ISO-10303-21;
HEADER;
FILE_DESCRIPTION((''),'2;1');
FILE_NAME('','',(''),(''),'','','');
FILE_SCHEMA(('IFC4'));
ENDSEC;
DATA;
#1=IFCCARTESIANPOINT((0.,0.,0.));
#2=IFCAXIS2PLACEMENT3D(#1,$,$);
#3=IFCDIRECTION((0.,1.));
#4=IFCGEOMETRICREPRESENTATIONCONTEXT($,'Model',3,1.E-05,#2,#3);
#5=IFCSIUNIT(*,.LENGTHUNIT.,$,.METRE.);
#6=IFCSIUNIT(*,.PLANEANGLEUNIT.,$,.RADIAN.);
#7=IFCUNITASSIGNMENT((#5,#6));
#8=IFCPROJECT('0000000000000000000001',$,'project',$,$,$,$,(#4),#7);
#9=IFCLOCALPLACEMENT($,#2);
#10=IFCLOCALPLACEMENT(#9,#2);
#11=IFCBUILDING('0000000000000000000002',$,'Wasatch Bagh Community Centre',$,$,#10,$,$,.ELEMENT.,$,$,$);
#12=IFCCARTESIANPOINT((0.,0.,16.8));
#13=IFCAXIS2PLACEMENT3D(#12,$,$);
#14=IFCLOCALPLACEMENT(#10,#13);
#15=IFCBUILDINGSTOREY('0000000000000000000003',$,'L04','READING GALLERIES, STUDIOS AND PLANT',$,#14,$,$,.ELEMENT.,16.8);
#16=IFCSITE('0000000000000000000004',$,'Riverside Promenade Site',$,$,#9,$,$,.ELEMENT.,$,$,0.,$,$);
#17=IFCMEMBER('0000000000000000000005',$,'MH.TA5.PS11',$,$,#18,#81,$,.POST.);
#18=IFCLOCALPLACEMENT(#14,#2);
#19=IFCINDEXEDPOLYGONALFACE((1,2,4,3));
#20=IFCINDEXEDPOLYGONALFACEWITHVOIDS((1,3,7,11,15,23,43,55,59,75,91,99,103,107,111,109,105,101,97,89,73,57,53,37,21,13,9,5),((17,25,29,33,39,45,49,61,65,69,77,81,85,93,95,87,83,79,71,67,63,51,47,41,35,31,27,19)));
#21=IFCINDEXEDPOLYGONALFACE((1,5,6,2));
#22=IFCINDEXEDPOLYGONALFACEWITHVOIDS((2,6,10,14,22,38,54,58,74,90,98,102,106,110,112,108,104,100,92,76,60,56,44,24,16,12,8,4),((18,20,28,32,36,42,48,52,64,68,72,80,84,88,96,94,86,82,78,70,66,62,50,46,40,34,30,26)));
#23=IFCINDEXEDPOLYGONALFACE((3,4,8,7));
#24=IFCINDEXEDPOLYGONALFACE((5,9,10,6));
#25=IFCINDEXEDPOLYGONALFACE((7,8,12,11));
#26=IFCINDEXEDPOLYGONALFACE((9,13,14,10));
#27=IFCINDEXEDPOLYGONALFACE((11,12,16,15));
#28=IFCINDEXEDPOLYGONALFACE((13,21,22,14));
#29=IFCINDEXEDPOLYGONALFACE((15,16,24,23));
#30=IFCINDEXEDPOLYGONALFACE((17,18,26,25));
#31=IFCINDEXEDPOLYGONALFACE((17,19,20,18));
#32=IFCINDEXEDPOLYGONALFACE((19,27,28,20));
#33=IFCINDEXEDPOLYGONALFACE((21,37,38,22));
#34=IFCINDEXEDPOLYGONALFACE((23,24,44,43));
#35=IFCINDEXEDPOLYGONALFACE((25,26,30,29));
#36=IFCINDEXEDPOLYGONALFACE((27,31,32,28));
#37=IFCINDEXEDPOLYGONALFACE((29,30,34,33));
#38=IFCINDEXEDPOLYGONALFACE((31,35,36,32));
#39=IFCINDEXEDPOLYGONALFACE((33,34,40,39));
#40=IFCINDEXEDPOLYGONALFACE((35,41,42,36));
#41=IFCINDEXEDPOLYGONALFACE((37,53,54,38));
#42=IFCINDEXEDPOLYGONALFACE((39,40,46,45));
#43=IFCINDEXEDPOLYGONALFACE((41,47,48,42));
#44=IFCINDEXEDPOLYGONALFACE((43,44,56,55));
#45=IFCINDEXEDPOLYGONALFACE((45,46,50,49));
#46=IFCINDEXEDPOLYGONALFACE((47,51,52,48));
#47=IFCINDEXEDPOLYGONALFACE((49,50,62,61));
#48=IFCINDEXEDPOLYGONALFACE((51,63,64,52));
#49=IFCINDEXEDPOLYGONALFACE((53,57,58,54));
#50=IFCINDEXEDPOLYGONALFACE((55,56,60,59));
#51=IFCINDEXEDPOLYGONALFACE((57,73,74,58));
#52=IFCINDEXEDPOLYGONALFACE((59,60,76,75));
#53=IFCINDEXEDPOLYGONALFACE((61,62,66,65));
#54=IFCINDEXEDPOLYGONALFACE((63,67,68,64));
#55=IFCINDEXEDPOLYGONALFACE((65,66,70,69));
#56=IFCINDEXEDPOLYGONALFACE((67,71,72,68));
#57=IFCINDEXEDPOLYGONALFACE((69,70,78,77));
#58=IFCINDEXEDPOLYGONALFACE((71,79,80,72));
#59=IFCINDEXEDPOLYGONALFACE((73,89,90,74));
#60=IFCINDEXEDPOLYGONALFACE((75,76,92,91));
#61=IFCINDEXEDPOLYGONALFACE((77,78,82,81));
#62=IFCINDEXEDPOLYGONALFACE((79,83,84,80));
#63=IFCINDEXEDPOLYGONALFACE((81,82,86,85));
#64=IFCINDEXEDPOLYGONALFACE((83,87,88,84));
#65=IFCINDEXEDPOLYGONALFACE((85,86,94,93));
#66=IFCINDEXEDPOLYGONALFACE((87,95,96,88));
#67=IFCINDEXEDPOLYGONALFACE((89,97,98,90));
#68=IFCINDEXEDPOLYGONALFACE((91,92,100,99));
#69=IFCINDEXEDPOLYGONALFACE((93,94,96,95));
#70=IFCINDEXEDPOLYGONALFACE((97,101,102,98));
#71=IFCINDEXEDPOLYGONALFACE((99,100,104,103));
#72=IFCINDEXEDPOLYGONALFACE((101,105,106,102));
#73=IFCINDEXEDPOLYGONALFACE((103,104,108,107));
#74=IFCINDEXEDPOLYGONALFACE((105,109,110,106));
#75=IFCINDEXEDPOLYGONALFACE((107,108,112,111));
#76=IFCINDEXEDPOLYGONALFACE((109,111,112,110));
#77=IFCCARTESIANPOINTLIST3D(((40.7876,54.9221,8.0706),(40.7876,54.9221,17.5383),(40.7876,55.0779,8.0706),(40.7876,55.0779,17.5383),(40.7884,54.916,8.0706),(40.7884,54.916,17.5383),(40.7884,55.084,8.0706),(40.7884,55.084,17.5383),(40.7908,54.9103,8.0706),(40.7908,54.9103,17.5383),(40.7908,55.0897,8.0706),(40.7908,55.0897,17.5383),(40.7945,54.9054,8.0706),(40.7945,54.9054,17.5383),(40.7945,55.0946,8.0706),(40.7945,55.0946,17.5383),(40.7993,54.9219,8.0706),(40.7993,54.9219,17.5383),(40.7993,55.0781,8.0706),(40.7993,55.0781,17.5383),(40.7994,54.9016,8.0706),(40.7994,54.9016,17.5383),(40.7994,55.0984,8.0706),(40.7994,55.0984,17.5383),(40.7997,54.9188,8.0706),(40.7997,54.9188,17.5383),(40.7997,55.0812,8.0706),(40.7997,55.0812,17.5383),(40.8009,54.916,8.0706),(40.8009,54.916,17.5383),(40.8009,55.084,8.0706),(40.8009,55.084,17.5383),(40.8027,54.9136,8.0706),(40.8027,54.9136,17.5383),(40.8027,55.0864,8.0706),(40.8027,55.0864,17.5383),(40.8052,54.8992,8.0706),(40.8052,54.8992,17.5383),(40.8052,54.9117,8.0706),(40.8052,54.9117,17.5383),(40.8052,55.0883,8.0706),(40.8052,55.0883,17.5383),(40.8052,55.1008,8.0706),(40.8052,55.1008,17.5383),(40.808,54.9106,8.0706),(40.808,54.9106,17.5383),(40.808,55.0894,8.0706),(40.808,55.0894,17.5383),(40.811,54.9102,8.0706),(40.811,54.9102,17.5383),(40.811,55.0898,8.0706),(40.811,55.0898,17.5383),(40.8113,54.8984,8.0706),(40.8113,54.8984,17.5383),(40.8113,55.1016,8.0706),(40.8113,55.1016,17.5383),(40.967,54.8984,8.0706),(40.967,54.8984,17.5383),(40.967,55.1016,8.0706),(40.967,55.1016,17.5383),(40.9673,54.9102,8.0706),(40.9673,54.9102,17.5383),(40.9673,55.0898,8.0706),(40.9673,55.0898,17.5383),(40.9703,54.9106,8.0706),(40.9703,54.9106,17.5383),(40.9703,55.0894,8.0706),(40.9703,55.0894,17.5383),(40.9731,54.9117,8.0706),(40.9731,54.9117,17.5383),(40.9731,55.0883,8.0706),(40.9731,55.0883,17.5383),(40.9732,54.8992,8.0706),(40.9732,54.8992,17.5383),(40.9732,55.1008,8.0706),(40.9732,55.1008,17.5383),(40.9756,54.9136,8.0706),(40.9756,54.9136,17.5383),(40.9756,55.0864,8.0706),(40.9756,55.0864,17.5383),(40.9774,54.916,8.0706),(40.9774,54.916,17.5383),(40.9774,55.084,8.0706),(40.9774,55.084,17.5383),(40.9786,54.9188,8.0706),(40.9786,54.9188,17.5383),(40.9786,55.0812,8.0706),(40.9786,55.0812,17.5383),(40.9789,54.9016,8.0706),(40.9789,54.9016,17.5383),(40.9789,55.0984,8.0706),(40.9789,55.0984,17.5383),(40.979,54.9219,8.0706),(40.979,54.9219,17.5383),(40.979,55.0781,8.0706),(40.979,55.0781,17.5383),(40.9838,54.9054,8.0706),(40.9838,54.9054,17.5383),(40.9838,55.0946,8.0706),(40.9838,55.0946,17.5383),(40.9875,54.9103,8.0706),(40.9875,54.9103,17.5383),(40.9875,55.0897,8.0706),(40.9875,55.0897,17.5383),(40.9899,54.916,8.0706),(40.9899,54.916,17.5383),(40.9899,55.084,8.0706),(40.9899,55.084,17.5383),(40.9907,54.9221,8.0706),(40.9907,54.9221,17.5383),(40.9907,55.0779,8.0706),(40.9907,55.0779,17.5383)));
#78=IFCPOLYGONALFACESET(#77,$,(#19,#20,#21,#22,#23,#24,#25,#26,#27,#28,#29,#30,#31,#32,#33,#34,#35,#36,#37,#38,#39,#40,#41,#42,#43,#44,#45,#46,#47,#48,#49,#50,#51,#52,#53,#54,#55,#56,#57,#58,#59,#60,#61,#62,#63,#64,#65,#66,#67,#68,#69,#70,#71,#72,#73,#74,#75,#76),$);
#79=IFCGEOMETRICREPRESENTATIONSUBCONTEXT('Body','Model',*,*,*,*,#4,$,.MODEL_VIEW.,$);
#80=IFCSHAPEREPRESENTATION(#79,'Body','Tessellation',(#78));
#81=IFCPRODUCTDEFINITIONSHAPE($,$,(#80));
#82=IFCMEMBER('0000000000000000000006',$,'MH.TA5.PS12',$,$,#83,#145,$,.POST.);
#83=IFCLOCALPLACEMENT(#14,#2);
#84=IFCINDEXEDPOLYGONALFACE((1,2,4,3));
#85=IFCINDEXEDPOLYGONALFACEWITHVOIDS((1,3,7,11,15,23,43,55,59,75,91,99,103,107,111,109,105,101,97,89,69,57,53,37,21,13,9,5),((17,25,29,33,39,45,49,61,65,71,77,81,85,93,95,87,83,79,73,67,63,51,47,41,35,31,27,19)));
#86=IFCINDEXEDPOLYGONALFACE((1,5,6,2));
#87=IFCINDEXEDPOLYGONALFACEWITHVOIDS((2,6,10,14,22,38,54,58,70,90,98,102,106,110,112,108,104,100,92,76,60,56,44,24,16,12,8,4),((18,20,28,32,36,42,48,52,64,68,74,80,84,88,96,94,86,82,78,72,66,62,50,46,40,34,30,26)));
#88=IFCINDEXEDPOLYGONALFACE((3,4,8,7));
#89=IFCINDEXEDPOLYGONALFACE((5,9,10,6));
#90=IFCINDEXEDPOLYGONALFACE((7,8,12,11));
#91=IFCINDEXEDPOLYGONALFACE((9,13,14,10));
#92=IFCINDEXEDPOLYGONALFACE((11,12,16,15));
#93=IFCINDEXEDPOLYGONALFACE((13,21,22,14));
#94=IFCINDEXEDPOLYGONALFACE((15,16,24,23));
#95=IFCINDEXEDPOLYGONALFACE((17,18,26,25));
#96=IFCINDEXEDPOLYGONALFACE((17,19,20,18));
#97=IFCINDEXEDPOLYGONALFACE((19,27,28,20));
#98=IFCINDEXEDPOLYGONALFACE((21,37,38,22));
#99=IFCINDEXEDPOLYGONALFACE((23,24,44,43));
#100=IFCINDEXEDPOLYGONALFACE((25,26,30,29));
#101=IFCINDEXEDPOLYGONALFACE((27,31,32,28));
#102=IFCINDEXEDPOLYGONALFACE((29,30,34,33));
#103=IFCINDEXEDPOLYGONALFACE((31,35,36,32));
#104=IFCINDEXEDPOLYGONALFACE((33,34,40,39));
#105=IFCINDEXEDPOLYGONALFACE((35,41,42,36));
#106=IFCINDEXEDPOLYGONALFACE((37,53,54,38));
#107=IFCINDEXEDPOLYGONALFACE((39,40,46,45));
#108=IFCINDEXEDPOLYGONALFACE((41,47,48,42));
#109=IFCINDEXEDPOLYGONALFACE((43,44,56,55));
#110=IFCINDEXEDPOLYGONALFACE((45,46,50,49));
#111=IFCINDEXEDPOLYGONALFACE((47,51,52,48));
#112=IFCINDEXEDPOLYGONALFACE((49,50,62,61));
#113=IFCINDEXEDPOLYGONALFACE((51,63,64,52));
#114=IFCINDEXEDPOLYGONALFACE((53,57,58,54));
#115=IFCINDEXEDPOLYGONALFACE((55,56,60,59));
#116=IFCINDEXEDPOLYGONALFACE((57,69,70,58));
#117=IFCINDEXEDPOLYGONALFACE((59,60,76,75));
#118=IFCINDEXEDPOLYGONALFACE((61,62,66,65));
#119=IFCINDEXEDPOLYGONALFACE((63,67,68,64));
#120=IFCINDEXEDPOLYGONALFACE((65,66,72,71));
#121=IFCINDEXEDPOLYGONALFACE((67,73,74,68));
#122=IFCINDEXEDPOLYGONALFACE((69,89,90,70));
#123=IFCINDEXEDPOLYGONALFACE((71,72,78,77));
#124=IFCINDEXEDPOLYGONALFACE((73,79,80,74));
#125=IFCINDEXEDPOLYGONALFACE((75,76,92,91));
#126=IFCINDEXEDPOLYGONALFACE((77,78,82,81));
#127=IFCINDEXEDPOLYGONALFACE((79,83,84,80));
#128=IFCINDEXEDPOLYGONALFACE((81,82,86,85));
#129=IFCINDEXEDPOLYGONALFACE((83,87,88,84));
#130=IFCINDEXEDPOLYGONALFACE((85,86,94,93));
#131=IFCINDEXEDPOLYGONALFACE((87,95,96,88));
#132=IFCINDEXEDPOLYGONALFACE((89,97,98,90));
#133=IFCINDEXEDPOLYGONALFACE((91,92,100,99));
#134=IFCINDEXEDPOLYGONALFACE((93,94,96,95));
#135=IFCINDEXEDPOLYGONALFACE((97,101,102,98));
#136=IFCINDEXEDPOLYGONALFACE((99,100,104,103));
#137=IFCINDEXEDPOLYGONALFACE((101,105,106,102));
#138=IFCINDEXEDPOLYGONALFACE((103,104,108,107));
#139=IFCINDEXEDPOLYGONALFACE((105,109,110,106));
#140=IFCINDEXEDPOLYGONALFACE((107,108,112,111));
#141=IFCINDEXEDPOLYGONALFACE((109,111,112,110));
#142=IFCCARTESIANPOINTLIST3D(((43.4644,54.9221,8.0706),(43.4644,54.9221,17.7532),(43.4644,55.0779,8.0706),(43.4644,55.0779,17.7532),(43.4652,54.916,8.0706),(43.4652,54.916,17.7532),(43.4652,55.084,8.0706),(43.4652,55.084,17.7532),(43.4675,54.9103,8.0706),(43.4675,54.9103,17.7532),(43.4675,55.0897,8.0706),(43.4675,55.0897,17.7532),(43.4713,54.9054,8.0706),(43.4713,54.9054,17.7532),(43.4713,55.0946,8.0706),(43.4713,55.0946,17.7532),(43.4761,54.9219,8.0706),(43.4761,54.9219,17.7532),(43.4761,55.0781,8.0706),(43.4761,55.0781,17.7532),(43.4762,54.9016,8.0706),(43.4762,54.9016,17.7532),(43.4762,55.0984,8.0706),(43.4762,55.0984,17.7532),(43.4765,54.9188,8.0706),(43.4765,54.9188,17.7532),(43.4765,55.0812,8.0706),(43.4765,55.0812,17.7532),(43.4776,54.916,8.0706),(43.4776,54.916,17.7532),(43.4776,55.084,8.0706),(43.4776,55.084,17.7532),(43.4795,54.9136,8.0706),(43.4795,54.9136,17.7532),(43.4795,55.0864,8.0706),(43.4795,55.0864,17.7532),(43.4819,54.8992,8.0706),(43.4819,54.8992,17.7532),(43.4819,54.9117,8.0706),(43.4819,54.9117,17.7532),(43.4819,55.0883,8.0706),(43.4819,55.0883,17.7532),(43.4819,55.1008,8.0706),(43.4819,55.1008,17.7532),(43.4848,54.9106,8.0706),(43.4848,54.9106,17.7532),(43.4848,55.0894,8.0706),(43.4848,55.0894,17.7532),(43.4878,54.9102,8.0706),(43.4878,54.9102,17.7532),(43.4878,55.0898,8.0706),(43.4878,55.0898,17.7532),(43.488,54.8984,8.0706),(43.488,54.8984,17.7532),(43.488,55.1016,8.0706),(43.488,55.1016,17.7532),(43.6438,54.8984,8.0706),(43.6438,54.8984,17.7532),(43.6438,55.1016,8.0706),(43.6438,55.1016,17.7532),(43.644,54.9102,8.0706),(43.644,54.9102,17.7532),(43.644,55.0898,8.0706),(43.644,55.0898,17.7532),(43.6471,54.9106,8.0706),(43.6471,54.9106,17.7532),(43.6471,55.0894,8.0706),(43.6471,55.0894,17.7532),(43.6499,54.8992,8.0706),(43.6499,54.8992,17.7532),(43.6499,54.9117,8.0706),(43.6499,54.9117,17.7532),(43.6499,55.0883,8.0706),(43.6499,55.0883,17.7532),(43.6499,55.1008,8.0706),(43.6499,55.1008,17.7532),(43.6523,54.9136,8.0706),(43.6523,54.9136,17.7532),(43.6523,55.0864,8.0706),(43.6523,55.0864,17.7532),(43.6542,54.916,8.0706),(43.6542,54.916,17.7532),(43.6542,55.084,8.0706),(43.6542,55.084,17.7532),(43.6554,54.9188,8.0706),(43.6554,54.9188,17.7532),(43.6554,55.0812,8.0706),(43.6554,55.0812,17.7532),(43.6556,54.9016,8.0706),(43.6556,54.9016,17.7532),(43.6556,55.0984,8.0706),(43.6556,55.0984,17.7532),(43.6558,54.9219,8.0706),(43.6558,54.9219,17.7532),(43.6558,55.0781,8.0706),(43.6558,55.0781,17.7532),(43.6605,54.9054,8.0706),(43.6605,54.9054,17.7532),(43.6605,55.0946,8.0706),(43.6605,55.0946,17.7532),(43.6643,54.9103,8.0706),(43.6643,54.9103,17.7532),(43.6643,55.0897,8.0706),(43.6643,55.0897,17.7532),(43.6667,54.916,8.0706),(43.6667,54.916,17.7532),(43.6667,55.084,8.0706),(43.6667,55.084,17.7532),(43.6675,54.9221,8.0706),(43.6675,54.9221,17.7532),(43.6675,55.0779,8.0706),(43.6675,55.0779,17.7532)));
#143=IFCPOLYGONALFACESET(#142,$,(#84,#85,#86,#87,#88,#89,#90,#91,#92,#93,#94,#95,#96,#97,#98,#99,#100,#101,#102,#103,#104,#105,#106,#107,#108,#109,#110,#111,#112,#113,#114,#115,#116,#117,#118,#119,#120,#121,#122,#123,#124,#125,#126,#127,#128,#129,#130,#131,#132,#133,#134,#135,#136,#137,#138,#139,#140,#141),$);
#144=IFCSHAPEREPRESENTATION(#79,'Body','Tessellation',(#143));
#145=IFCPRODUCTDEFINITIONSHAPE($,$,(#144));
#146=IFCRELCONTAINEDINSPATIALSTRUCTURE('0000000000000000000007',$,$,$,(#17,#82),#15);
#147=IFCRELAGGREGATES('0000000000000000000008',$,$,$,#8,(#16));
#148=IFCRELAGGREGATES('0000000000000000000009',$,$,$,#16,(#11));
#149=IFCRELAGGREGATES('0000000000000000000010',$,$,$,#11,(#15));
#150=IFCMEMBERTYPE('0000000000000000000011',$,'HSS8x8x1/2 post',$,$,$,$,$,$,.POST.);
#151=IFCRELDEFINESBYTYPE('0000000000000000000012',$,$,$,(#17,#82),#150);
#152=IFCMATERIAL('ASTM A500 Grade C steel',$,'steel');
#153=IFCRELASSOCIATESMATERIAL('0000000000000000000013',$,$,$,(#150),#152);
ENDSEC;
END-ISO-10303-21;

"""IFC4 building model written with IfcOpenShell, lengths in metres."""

from ifc_helpers import new_model, si_unit, direction, frame, origin, origin_2d, place, context, subcontext, project, spatial, hollow_rectangle, extrude, material, material_profile, profile_set, type_object, element, save


model = new_model("IFC4")

# Units and contexts
model_context = context("Model", 3, precision=1e-05, world=origin(), true_north=direction((0.0, 1.0)))
body_context = subcontext(model_context, "Body", "Model", "MODEL_VIEW")
ifc_project = project(units=[si_unit("LENGTHUNIT", "METRE"), si_unit("PLANEANGLEUNIT", "RADIAN")], contexts=[model_context])

# Site, building, storey
site_placement = place(None, origin())
site = spatial("IfcSite", under=ifc_project, at=site_placement, Name="Riverside Promenade Site", CompositionType="ELEMENT", RefElevation=0.0)
building_placement = place(site_placement, origin())
building = spatial("IfcBuilding", under=site, at=building_placement, Name="Wasatch Bagh Community Centre", CompositionType="ELEMENT")
storey_placement = place(building_placement, frame((0.0, 0.0, 16.8)))
storey = spatial("IfcBuildingStorey", under=building, at=storey_placement, Name="L04", Description="READING GALLERIES, STUDIOS AND PLANT", CompositionType="ELEMENT", Elevation=16.8)

# Members
ifc_material_1 = material(Name="ASTM A500 Grade C steel", Category="steel")
ifc_material_profile_1 = material_profile(ifc_material_1, hollow_rectangle(XDim=0.2031, YDim=0.2031, WallThickness=0.0117, InnerFilletRadius=0.0117, OuterFilletRadius=0.0237, at=origin_2d()), Name="HSS8x8x1/2")
ifc_profile_set_1 = profile_set([ifc_material_profile_1], Name="ASTM A500 Grade C steel")
member_type_1 = type_object("IfcMemberType", Name="HSS8x8x1/2 post", PredefinedType="POST", material=ifc_profile_set_1)
member_1_placement = place(storey_placement, frame((40.8892, 55.0, 8.0706), z_axis=(0.0, 0.0, 1.0), x_axis=(1.0, 0.0, 0.0)))
element("IfcMember", 1, at=member_1_placement, inside=storey, type_object=member_type_1, Name="MH.TA5.PS11", PredefinedType="POST", context=body_context, shape_type="SweptSolid", body=[
    extrude(hollow_rectangle(XDim=0.2031, YDim=0.2031, WallThickness=0.0117, InnerFilletRadius=0.0117, OuterFilletRadius=0.0237, at=origin_2d()), origin(), (0.0, 0.0, 1.0), 9.4678),
])
member_2_placement = place(storey_placement, frame((43.5659, 55.0, 8.0706), z_axis=(0.0, 0.0, 1.0), x_axis=(1.0, 0.0, 0.0)))
element("IfcMember", 2, at=member_2_placement, inside=storey, type_object=member_type_1, Name="MH.TA5.PS12", PredefinedType="POST", context=body_context, shape_type="SweptSolid", body=[
    extrude(hollow_rectangle(XDim=0.2031, YDim=0.2031, WallThickness=0.0117, InnerFilletRadius=0.0117, OuterFilletRadius=0.0237, at=origin_2d()), origin(), (0.0, 0.0, 1.0), 9.6826),
])

save(model, "model.ifc")
